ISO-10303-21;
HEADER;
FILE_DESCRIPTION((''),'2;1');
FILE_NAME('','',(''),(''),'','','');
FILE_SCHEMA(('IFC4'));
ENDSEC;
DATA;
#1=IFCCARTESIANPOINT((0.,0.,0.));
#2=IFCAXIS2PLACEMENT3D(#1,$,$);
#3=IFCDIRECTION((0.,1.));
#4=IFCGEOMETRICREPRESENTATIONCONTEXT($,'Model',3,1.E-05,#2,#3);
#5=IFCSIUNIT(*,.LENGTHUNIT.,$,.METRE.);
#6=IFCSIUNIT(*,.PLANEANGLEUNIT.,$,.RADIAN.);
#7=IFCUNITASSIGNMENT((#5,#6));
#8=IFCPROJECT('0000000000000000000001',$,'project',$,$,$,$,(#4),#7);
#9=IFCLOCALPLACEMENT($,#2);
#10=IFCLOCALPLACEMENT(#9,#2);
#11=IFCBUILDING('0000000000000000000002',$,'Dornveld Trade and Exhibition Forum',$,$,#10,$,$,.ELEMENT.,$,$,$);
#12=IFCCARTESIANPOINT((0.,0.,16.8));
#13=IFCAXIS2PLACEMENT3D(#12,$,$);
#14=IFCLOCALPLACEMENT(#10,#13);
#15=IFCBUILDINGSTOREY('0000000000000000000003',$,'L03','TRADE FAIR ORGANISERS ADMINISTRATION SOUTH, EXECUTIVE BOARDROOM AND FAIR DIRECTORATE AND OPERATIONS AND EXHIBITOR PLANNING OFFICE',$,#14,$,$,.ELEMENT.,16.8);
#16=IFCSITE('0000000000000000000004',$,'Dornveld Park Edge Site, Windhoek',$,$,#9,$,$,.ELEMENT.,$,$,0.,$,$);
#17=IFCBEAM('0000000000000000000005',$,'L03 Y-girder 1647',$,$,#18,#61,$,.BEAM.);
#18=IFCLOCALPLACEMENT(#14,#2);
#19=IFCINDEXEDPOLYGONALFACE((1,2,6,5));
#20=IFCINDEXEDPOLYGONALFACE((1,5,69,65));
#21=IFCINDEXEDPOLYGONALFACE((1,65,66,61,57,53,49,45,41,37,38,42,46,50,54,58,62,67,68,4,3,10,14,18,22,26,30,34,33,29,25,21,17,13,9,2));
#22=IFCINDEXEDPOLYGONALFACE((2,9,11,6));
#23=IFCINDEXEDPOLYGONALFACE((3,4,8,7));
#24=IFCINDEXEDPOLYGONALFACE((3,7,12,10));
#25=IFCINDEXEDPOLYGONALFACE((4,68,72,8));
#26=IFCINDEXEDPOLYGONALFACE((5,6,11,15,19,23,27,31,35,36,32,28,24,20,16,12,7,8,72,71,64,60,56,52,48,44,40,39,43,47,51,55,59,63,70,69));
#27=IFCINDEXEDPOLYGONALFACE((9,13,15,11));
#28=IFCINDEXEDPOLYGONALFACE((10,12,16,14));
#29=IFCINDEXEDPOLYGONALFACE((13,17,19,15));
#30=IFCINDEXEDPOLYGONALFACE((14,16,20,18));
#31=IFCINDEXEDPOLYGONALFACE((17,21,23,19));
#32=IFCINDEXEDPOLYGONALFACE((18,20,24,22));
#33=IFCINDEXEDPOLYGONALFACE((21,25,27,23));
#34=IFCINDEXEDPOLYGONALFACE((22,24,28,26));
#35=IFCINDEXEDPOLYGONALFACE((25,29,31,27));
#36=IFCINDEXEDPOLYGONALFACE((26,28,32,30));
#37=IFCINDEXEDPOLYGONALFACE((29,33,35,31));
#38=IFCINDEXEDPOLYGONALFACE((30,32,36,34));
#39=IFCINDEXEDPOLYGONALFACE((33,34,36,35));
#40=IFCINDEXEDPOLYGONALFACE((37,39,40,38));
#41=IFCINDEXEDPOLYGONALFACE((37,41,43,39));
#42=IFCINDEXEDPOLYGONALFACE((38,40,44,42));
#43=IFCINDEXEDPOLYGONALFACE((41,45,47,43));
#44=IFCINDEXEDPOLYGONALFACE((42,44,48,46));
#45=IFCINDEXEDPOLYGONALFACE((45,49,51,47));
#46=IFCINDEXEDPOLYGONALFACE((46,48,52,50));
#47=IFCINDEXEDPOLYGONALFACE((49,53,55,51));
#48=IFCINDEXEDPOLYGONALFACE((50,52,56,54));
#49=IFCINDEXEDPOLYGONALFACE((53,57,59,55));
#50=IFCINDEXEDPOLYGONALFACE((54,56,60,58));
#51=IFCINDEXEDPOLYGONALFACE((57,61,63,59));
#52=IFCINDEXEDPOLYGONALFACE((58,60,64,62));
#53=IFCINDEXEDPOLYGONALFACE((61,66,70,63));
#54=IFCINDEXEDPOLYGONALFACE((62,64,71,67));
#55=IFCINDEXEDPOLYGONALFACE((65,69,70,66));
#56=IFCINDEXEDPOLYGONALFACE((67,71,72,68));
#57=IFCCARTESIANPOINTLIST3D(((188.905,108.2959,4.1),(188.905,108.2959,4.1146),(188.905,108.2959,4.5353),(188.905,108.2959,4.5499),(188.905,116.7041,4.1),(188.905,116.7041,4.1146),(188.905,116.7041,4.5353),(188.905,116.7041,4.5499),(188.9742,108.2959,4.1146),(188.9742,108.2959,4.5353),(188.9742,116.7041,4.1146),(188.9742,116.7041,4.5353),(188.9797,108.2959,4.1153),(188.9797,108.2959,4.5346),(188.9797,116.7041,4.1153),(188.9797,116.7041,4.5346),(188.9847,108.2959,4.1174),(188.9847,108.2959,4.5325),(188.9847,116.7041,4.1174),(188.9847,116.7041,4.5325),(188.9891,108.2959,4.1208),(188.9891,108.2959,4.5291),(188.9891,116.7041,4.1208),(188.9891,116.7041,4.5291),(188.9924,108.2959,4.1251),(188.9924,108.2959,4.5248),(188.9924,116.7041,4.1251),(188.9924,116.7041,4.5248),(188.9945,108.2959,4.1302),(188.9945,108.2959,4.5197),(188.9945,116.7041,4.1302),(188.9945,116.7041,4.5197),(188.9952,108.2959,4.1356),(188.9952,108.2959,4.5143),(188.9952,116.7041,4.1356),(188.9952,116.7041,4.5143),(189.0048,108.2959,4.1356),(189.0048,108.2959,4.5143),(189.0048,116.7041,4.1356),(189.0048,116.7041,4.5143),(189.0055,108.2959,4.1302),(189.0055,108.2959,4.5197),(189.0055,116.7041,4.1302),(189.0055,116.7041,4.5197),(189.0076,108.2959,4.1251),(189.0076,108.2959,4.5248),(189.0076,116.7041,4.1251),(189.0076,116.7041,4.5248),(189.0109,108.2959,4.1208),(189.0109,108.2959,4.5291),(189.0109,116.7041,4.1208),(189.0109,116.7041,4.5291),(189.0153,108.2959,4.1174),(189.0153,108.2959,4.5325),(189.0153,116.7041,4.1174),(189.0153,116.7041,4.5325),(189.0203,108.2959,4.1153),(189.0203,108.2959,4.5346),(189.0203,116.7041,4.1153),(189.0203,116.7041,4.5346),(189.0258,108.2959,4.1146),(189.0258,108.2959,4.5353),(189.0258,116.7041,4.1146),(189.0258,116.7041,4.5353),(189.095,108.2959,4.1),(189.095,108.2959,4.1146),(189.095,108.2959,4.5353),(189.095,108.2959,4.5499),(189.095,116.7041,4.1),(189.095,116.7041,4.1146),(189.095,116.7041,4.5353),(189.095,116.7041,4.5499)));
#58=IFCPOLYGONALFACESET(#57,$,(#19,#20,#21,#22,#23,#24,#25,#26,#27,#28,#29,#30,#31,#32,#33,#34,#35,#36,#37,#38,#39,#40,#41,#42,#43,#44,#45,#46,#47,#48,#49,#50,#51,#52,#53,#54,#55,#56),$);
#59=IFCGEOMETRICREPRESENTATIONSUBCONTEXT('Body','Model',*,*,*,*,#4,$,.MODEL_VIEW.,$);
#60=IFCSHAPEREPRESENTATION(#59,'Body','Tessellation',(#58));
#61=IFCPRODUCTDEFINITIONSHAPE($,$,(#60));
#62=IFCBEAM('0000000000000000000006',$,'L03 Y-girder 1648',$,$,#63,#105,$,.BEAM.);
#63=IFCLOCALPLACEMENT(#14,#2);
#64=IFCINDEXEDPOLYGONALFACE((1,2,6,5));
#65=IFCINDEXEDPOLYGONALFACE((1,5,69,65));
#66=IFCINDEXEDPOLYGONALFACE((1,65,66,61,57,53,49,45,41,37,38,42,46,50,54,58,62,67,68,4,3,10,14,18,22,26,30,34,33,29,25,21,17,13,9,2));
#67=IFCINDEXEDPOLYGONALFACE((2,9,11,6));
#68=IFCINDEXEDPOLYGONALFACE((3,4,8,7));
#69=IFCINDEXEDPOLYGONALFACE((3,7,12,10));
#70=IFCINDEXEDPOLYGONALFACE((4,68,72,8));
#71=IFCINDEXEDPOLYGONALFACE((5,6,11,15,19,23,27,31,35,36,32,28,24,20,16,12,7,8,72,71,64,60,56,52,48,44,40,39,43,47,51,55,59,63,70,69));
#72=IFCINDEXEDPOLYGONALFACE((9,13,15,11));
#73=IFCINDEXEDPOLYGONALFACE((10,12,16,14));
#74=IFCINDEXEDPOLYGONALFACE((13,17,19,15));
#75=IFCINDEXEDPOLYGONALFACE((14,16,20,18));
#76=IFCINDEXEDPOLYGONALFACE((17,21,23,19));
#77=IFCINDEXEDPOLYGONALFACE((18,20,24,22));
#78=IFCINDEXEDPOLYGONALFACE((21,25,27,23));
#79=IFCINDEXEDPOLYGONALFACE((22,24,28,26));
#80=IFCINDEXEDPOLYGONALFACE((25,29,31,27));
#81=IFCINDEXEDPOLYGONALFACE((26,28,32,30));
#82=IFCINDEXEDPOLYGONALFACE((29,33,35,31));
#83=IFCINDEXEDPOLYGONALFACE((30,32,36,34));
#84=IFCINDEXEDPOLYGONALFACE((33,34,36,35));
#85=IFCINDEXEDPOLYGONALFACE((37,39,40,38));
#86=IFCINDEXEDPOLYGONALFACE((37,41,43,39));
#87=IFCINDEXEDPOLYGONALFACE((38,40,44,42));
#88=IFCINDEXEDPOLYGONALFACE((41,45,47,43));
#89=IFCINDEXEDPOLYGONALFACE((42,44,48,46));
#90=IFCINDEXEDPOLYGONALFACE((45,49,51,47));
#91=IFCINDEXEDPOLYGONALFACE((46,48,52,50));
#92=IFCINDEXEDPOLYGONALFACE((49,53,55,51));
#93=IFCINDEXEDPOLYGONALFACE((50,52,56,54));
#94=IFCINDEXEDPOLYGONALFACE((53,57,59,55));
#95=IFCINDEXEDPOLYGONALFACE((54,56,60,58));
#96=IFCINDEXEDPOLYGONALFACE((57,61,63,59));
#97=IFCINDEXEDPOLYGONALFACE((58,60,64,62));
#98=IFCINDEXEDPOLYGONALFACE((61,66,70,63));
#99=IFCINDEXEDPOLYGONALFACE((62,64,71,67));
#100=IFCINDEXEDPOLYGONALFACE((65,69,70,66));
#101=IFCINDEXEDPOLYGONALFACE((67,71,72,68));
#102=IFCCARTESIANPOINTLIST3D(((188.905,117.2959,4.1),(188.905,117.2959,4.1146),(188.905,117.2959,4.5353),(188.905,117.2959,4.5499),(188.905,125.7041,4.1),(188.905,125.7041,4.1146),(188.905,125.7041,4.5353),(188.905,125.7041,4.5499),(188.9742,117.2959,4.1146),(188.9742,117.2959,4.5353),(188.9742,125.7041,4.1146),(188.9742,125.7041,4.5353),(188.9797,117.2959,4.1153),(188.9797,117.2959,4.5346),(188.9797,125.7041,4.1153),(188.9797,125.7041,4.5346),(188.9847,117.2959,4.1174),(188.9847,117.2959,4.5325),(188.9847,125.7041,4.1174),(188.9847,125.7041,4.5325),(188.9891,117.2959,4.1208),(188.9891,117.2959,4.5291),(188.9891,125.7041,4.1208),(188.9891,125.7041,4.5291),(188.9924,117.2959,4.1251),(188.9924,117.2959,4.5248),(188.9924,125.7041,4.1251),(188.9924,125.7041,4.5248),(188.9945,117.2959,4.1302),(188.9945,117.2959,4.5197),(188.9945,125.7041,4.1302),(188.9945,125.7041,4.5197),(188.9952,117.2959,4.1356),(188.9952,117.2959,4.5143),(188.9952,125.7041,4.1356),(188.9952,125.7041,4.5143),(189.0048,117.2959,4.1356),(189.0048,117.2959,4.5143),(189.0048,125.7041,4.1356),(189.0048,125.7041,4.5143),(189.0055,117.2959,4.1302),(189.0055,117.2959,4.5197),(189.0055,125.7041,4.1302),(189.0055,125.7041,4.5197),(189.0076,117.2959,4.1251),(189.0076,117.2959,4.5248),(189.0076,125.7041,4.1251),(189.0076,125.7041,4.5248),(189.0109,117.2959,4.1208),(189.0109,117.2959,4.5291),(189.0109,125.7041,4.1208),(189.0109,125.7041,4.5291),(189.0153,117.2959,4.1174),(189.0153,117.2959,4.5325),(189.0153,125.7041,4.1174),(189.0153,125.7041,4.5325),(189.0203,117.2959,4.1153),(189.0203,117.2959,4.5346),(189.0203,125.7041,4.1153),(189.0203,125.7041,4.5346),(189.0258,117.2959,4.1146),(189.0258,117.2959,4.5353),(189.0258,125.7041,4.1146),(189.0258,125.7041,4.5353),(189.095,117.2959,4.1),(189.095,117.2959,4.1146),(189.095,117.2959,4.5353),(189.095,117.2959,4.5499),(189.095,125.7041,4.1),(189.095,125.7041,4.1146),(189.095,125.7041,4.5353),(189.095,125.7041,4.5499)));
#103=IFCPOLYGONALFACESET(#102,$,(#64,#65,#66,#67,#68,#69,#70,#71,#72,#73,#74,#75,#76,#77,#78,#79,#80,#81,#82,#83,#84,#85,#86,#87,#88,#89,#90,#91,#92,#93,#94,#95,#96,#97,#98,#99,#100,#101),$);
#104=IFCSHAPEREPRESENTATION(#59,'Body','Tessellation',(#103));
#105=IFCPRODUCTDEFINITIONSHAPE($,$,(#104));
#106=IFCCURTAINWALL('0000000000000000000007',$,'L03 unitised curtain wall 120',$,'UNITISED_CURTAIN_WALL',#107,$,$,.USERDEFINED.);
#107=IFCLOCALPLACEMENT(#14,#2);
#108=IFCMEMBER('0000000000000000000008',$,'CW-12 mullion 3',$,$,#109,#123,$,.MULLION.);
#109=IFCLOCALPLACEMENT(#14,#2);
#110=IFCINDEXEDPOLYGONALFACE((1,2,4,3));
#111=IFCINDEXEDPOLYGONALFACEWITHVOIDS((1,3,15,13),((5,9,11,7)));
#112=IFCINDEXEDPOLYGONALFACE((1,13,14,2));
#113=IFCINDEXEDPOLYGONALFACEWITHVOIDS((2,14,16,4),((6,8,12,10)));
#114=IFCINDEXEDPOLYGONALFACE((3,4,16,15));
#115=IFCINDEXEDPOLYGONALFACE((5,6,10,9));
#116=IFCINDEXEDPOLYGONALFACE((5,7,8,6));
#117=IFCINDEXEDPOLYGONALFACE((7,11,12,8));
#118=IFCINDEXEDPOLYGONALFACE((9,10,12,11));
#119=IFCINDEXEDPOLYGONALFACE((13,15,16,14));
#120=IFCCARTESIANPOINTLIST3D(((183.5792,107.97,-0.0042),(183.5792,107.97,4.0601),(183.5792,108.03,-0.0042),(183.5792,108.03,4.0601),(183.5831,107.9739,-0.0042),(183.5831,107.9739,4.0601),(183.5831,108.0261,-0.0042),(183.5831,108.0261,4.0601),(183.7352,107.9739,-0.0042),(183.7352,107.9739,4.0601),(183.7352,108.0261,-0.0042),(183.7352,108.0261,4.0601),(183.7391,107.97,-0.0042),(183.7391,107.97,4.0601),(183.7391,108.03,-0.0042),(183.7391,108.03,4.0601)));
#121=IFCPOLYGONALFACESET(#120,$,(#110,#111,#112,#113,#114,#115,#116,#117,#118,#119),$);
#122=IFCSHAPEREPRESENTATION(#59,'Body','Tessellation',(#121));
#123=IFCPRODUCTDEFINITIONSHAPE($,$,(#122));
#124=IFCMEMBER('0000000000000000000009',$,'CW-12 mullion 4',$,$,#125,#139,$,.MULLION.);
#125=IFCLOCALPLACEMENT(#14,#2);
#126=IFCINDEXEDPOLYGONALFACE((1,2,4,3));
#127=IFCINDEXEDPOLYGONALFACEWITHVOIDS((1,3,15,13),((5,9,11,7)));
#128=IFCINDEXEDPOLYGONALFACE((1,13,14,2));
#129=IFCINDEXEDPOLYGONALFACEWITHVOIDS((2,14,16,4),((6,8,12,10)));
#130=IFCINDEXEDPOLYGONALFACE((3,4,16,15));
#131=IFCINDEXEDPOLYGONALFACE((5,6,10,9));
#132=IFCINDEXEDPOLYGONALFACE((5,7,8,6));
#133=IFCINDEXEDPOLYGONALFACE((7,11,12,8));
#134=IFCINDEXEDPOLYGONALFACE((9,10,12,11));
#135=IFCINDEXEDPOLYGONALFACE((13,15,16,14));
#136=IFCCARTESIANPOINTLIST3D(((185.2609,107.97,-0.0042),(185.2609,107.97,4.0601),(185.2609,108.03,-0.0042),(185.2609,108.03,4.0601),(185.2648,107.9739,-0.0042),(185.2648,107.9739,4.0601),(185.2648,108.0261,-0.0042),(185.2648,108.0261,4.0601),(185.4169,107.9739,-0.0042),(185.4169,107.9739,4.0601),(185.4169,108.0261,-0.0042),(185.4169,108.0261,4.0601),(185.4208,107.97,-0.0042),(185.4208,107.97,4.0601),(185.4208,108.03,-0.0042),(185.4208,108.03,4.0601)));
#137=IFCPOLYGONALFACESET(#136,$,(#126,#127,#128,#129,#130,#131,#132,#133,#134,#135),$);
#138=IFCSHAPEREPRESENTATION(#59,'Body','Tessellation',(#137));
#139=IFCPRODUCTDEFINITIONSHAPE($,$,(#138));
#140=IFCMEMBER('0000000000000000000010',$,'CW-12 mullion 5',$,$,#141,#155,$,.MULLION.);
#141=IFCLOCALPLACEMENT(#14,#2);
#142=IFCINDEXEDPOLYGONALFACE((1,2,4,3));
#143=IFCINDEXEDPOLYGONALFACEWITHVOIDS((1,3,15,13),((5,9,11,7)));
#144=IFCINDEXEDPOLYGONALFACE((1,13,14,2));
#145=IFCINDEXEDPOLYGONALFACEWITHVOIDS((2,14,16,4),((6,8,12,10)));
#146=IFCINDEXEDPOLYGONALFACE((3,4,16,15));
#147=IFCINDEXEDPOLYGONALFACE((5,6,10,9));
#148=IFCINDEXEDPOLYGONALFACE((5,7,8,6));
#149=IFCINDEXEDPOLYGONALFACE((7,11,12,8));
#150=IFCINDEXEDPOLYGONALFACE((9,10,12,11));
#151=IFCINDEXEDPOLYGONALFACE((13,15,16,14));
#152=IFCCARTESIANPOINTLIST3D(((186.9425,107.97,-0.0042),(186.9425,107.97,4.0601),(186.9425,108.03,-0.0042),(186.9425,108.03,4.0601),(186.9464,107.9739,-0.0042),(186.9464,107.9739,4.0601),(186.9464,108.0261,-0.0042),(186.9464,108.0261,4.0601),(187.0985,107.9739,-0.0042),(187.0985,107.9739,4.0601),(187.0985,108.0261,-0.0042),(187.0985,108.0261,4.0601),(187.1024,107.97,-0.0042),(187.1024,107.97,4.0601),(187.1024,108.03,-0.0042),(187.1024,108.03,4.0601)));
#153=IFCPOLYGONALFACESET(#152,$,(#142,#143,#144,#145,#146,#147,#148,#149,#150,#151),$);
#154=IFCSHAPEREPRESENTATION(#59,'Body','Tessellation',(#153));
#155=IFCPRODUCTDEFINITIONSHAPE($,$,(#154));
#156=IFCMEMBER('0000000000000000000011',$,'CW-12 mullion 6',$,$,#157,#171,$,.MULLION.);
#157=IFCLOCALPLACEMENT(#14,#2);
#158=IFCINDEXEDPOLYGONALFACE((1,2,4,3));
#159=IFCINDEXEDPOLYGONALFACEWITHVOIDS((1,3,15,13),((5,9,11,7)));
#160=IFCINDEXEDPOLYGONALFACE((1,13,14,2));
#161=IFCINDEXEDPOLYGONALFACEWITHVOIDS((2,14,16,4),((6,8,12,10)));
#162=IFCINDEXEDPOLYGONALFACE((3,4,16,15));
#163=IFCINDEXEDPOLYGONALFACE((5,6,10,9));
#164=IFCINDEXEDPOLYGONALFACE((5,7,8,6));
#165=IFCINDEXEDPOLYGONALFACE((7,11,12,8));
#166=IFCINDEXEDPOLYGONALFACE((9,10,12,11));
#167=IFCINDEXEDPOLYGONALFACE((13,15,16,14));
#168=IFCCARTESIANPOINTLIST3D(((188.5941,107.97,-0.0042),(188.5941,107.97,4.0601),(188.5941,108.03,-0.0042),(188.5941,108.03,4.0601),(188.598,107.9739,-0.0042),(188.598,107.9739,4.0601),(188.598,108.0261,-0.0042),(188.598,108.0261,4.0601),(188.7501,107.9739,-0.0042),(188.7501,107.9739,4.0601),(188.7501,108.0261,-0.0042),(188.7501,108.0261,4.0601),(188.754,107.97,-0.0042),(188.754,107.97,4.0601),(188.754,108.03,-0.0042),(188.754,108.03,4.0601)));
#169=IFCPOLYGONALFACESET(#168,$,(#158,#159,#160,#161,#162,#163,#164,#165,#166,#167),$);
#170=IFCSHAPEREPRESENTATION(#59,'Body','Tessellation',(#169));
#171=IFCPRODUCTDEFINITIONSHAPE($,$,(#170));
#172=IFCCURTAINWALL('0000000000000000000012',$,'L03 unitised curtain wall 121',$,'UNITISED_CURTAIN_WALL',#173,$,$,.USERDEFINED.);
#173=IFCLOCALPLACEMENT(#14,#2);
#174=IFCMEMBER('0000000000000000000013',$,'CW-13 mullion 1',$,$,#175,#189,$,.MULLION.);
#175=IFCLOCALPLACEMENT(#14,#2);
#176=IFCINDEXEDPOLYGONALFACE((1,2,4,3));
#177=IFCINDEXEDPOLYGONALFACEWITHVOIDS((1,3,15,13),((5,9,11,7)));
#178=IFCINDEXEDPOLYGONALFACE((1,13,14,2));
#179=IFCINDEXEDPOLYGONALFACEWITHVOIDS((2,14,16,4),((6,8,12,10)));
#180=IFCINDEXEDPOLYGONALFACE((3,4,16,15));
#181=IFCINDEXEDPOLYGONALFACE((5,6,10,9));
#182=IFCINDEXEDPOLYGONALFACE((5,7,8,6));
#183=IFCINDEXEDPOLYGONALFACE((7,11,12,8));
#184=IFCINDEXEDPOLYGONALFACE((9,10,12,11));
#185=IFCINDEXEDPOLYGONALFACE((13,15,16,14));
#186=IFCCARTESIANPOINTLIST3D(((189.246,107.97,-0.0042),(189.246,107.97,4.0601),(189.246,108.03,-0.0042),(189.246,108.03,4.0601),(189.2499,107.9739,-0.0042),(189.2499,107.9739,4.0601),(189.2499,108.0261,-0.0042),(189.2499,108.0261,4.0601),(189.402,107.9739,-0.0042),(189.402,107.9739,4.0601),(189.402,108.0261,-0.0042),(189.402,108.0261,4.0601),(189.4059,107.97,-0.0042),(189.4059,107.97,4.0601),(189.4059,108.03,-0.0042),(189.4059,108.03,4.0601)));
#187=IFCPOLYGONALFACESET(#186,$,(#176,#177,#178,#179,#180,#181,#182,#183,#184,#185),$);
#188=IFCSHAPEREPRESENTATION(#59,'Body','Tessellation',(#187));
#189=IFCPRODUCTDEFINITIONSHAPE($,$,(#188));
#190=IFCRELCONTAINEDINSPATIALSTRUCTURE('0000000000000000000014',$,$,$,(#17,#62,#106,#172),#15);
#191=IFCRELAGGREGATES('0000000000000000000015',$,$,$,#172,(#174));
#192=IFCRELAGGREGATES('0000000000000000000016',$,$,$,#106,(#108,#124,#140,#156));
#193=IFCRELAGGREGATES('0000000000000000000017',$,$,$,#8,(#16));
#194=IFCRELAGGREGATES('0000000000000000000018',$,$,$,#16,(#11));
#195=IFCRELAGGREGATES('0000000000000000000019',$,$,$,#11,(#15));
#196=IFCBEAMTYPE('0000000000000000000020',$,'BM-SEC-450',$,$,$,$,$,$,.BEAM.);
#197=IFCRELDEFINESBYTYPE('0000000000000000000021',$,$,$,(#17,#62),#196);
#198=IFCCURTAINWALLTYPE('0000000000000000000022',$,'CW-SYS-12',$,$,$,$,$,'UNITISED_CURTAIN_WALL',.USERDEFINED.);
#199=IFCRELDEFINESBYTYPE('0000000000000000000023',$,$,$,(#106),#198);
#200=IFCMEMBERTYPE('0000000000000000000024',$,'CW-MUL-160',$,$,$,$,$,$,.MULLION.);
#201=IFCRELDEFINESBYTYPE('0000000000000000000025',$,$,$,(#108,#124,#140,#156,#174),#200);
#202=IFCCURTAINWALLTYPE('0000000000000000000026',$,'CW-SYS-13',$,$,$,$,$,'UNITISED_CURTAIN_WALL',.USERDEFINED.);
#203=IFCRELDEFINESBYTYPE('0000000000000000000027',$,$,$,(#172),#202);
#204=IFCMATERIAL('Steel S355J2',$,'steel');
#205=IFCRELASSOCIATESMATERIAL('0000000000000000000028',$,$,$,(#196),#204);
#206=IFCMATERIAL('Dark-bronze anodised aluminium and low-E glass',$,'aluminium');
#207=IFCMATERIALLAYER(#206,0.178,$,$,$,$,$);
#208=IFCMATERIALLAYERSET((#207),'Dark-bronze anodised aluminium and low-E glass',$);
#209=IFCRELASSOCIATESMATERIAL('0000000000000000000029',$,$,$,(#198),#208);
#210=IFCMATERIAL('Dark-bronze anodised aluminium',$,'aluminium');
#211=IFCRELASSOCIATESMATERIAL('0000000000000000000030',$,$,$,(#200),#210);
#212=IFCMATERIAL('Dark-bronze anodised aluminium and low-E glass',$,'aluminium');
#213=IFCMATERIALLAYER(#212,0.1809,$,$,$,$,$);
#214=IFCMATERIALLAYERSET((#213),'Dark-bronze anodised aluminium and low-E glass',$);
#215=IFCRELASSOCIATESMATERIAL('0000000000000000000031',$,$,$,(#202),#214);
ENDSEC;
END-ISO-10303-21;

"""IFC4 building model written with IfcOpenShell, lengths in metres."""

from ifc_helpers import new_model, si_unit, direction, frame, origin, origin_2d, place, context, subcontext, project, spatial, hollow_rectangle, i_section, extrude, material, layer, layer_set, material_profile, profile_set, type_object, element, aggregate, save


model = new_model("IFC4")

# Units and contexts
model_context = context("Model", 3, precision=1e-05, world=origin(), true_north=direction((0.0, 1.0)))
body_context = subcontext(model_context, "Body", "Model", "MODEL_VIEW")
ifc_project = project(units=[si_unit("LENGTHUNIT", "METRE"), si_unit("PLANEANGLEUNIT", "RADIAN")], contexts=[model_context])

# Site, building, storey
site_placement = place(None, origin())
site = spatial("IfcSite", under=ifc_project, at=site_placement, Name="Dornveld Park Edge Site, Windhoek", CompositionType="ELEMENT", RefElevation=0.0)
building_placement = place(site_placement, origin())
building = spatial("IfcBuilding", under=site, at=building_placement, Name="Dornveld Trade and Exhibition Forum", CompositionType="ELEMENT")
storey_placement = place(building_placement, frame((0.0, 0.0, 16.8)))
storey = spatial("IfcBuildingStorey", under=building, at=storey_placement, Name="L03", Description="TRADE FAIR ORGANISERS ADMINISTRATION SOUTH, EXECUTIVE BOARDROOM AND FAIR DIRECTORATE AND OPERATIONS AND EXHIBITOR PLANNING OFFICE", CompositionType="ELEMENT", Elevation=16.8)

# Beams
ifc_material_1 = material(Name="Steel S355J2", Category="steel")
ifc_material_profile_1 = material_profile(ifc_material_1, i_section(OverallWidth=0.1899, OverallDepth=0.45, WebThickness=0.0095, FlangeThickness=0.0146, FilletRadius=0.021, at=origin_2d()), Name="IPE 450")
ifc_profile_set_1 = profile_set([ifc_material_profile_1], Name="Steel S355J2")
beam_type = type_object("IfcBeamType", Name="BM-SEC-450", PredefinedType="BEAM", material=ifc_profile_set_1)
for number, where, z_axis, x_axis, name in (
    (1, (189.0, 108.2959, 4.325), (0.0, 1.0, 0.0), (-1.0, 0.0, 0.0), "L03 Y-girder 1647"),
    (2, (189.0, 117.2959, 4.325), (0.0, 1.0, 0.0), (-1.0, 0.0, 0.0), "L03 Y-girder 1648"),
):
    element("IfcBeam", number, at=place(storey_placement, frame(where, z_axis=z_axis, x_axis=x_axis)), inside=storey, type_object=beam_type, Name=name, PredefinedType="BEAM", context=body_context, shape_type="SweptSolid", body=[
        extrude(i_section(OverallWidth=0.1899, OverallDepth=0.45, WebThickness=0.0095, FlangeThickness=0.0146, FilletRadius=0.021, at=origin_2d()), origin(), (0.0, 0.0, 1.0), 8.4082),
    ])

# Curtain wall, members
ifc_material_2 = material(Name="Dark-bronze anodised aluminium and low-E glass", Category="aluminium")
ifc_layer_1 = layer(ifc_material_2, 0.178)
ifc_layer_set_1 = layer_set([ifc_layer_1], Name="Dark-bronze anodised aluminium and low-E glass")
curtain_wall_type_1 = type_object("IfcCurtainWallType", Name="CW-SYS-12", ElementType="UNITISED_CURTAIN_WALL", PredefinedType="USERDEFINED", material=ifc_layer_set_1)
curtain_wall_1_placement = place(storey_placement, origin())
curtain_wall_1 = element("IfcCurtainWall", 3, at=curtain_wall_1_placement, inside=storey, type_object=curtain_wall_type_1, Name="L03 unitised curtain wall 120", ObjectType="UNITISED_CURTAIN_WALL", PredefinedType="USERDEFINED")
ifc_material_3 = material(Name="Dark-bronze anodised aluminium", Category="aluminium")
ifc_material_profile_2 = material_profile(ifc_material_3, hollow_rectangle(XDim=0.0601, YDim=0.1599, WallThickness=0.0039, at=origin_2d()), Name="RHS 160x60x4")
ifc_profile_set_2 = profile_set([ifc_material_profile_2], Name="Dark-bronze anodised aluminium")
member_type_1 = type_object("IfcMemberType", Name="CW-MUL-160", PredefinedType="MULLION", material=ifc_profile_set_2)
member_1_placement = place(storey_placement, frame((183.6592, 108.0, -0.0042), z_axis=(0.0, 0.0, 1.0), x_axis=(0.0, 1.0, 0.0)))
member_1 = element("IfcMember", 4, at=member_1_placement, type_object=member_type_1, Name="CW-12 mullion 3", PredefinedType="MULLION", context=body_context, shape_type="SweptSolid", body=[
    extrude(hollow_rectangle(XDim=0.0601, YDim=0.1599, WallThickness=0.0039, at=origin_2d()), origin(), (0.0, 0.0, 1.0), 4.0642),
])
member_2_placement = place(storey_placement, frame((185.3408, 108.0, -0.0042), z_axis=(0.0, 0.0, 1.0), x_axis=(0.0, 1.0, 0.0)))
member_2 = element("IfcMember", 5, at=member_2_placement, type_object=member_type_1, Name="CW-12 mullion 4", PredefinedType="MULLION", context=body_context, shape_type="SweptSolid", body=[
    extrude(hollow_rectangle(XDim=0.0601, YDim=0.1599, WallThickness=0.0039, at=origin_2d()), origin(), (0.0, 0.0, 1.0), 4.0642),
])
member_3_placement = place(storey_placement, frame((187.0225, 108.0, -0.0042), z_axis=(0.0, 0.0, 1.0), x_axis=(0.0, 1.0, 0.0)))
member_3 = element("IfcMember", 6, at=member_3_placement, type_object=member_type_1, Name="CW-12 mullion 5", PredefinedType="MULLION", context=body_context, shape_type="SweptSolid", body=[
    extrude(hollow_rectangle(XDim=0.0601, YDim=0.1599, WallThickness=0.0039, at=origin_2d()), origin(), (0.0, 0.0, 1.0), 4.0642),
])
member_4_placement = place(storey_placement, frame((188.6741, 108.0, -0.0042), z_axis=(0.0, 0.0, 1.0), x_axis=(0.0, 1.0, 0.0)))
member_4 = element("IfcMember", 7, at=member_4_placement, type_object=member_type_1, Name="CW-12 mullion 6", PredefinedType="MULLION", context=body_context, shape_type="SweptSolid", body=[
    extrude(hollow_rectangle(XDim=0.0601, YDim=0.1599, WallThickness=0.0039, at=origin_2d()), origin(), (0.0, 0.0, 1.0), 4.0642),
])

# Curtain wall, member
ifc_material_4 = material(Name="Dark-bronze anodised aluminium and low-E glass", Category="aluminium")
ifc_layer_2 = layer(ifc_material_4, 0.1809)
ifc_layer_set_2 = layer_set([ifc_layer_2], Name="Dark-bronze anodised aluminium and low-E glass")
curtain_wall_type_2 = type_object("IfcCurtainWallType", Name="CW-SYS-13", ElementType="UNITISED_CURTAIN_WALL", PredefinedType="USERDEFINED", material=ifc_layer_set_2)
curtain_wall_2_placement = place(storey_placement, origin())
curtain_wall_2 = element("IfcCurtainWall", 8, at=curtain_wall_2_placement, inside=storey, type_object=curtain_wall_type_2, Name="L03 unitised curtain wall 121", ObjectType="UNITISED_CURTAIN_WALL", PredefinedType="USERDEFINED")
member_5_placement = place(storey_placement, frame((189.3259, 108.0, -0.0042), z_axis=(0.0, 0.0, 1.0), x_axis=(0.0, 1.0, 0.0)))
member_5 = element("IfcMember", 9, at=member_5_placement, type_object=member_type_1, Name="CW-13 mullion 1", PredefinedType="MULLION", context=body_context, shape_type="SweptSolid", body=[
    extrude(hollow_rectangle(XDim=0.0601, YDim=0.1599, WallThickness=0.0039, at=origin_2d()), origin(), (0.0, 0.0, 1.0), 4.0642),
])
aggregate(curtain_wall_2, [member_5])

aggregate(curtain_wall_1, [member_1, member_2, member_3, member_4])

save(model, "model.ifc")
